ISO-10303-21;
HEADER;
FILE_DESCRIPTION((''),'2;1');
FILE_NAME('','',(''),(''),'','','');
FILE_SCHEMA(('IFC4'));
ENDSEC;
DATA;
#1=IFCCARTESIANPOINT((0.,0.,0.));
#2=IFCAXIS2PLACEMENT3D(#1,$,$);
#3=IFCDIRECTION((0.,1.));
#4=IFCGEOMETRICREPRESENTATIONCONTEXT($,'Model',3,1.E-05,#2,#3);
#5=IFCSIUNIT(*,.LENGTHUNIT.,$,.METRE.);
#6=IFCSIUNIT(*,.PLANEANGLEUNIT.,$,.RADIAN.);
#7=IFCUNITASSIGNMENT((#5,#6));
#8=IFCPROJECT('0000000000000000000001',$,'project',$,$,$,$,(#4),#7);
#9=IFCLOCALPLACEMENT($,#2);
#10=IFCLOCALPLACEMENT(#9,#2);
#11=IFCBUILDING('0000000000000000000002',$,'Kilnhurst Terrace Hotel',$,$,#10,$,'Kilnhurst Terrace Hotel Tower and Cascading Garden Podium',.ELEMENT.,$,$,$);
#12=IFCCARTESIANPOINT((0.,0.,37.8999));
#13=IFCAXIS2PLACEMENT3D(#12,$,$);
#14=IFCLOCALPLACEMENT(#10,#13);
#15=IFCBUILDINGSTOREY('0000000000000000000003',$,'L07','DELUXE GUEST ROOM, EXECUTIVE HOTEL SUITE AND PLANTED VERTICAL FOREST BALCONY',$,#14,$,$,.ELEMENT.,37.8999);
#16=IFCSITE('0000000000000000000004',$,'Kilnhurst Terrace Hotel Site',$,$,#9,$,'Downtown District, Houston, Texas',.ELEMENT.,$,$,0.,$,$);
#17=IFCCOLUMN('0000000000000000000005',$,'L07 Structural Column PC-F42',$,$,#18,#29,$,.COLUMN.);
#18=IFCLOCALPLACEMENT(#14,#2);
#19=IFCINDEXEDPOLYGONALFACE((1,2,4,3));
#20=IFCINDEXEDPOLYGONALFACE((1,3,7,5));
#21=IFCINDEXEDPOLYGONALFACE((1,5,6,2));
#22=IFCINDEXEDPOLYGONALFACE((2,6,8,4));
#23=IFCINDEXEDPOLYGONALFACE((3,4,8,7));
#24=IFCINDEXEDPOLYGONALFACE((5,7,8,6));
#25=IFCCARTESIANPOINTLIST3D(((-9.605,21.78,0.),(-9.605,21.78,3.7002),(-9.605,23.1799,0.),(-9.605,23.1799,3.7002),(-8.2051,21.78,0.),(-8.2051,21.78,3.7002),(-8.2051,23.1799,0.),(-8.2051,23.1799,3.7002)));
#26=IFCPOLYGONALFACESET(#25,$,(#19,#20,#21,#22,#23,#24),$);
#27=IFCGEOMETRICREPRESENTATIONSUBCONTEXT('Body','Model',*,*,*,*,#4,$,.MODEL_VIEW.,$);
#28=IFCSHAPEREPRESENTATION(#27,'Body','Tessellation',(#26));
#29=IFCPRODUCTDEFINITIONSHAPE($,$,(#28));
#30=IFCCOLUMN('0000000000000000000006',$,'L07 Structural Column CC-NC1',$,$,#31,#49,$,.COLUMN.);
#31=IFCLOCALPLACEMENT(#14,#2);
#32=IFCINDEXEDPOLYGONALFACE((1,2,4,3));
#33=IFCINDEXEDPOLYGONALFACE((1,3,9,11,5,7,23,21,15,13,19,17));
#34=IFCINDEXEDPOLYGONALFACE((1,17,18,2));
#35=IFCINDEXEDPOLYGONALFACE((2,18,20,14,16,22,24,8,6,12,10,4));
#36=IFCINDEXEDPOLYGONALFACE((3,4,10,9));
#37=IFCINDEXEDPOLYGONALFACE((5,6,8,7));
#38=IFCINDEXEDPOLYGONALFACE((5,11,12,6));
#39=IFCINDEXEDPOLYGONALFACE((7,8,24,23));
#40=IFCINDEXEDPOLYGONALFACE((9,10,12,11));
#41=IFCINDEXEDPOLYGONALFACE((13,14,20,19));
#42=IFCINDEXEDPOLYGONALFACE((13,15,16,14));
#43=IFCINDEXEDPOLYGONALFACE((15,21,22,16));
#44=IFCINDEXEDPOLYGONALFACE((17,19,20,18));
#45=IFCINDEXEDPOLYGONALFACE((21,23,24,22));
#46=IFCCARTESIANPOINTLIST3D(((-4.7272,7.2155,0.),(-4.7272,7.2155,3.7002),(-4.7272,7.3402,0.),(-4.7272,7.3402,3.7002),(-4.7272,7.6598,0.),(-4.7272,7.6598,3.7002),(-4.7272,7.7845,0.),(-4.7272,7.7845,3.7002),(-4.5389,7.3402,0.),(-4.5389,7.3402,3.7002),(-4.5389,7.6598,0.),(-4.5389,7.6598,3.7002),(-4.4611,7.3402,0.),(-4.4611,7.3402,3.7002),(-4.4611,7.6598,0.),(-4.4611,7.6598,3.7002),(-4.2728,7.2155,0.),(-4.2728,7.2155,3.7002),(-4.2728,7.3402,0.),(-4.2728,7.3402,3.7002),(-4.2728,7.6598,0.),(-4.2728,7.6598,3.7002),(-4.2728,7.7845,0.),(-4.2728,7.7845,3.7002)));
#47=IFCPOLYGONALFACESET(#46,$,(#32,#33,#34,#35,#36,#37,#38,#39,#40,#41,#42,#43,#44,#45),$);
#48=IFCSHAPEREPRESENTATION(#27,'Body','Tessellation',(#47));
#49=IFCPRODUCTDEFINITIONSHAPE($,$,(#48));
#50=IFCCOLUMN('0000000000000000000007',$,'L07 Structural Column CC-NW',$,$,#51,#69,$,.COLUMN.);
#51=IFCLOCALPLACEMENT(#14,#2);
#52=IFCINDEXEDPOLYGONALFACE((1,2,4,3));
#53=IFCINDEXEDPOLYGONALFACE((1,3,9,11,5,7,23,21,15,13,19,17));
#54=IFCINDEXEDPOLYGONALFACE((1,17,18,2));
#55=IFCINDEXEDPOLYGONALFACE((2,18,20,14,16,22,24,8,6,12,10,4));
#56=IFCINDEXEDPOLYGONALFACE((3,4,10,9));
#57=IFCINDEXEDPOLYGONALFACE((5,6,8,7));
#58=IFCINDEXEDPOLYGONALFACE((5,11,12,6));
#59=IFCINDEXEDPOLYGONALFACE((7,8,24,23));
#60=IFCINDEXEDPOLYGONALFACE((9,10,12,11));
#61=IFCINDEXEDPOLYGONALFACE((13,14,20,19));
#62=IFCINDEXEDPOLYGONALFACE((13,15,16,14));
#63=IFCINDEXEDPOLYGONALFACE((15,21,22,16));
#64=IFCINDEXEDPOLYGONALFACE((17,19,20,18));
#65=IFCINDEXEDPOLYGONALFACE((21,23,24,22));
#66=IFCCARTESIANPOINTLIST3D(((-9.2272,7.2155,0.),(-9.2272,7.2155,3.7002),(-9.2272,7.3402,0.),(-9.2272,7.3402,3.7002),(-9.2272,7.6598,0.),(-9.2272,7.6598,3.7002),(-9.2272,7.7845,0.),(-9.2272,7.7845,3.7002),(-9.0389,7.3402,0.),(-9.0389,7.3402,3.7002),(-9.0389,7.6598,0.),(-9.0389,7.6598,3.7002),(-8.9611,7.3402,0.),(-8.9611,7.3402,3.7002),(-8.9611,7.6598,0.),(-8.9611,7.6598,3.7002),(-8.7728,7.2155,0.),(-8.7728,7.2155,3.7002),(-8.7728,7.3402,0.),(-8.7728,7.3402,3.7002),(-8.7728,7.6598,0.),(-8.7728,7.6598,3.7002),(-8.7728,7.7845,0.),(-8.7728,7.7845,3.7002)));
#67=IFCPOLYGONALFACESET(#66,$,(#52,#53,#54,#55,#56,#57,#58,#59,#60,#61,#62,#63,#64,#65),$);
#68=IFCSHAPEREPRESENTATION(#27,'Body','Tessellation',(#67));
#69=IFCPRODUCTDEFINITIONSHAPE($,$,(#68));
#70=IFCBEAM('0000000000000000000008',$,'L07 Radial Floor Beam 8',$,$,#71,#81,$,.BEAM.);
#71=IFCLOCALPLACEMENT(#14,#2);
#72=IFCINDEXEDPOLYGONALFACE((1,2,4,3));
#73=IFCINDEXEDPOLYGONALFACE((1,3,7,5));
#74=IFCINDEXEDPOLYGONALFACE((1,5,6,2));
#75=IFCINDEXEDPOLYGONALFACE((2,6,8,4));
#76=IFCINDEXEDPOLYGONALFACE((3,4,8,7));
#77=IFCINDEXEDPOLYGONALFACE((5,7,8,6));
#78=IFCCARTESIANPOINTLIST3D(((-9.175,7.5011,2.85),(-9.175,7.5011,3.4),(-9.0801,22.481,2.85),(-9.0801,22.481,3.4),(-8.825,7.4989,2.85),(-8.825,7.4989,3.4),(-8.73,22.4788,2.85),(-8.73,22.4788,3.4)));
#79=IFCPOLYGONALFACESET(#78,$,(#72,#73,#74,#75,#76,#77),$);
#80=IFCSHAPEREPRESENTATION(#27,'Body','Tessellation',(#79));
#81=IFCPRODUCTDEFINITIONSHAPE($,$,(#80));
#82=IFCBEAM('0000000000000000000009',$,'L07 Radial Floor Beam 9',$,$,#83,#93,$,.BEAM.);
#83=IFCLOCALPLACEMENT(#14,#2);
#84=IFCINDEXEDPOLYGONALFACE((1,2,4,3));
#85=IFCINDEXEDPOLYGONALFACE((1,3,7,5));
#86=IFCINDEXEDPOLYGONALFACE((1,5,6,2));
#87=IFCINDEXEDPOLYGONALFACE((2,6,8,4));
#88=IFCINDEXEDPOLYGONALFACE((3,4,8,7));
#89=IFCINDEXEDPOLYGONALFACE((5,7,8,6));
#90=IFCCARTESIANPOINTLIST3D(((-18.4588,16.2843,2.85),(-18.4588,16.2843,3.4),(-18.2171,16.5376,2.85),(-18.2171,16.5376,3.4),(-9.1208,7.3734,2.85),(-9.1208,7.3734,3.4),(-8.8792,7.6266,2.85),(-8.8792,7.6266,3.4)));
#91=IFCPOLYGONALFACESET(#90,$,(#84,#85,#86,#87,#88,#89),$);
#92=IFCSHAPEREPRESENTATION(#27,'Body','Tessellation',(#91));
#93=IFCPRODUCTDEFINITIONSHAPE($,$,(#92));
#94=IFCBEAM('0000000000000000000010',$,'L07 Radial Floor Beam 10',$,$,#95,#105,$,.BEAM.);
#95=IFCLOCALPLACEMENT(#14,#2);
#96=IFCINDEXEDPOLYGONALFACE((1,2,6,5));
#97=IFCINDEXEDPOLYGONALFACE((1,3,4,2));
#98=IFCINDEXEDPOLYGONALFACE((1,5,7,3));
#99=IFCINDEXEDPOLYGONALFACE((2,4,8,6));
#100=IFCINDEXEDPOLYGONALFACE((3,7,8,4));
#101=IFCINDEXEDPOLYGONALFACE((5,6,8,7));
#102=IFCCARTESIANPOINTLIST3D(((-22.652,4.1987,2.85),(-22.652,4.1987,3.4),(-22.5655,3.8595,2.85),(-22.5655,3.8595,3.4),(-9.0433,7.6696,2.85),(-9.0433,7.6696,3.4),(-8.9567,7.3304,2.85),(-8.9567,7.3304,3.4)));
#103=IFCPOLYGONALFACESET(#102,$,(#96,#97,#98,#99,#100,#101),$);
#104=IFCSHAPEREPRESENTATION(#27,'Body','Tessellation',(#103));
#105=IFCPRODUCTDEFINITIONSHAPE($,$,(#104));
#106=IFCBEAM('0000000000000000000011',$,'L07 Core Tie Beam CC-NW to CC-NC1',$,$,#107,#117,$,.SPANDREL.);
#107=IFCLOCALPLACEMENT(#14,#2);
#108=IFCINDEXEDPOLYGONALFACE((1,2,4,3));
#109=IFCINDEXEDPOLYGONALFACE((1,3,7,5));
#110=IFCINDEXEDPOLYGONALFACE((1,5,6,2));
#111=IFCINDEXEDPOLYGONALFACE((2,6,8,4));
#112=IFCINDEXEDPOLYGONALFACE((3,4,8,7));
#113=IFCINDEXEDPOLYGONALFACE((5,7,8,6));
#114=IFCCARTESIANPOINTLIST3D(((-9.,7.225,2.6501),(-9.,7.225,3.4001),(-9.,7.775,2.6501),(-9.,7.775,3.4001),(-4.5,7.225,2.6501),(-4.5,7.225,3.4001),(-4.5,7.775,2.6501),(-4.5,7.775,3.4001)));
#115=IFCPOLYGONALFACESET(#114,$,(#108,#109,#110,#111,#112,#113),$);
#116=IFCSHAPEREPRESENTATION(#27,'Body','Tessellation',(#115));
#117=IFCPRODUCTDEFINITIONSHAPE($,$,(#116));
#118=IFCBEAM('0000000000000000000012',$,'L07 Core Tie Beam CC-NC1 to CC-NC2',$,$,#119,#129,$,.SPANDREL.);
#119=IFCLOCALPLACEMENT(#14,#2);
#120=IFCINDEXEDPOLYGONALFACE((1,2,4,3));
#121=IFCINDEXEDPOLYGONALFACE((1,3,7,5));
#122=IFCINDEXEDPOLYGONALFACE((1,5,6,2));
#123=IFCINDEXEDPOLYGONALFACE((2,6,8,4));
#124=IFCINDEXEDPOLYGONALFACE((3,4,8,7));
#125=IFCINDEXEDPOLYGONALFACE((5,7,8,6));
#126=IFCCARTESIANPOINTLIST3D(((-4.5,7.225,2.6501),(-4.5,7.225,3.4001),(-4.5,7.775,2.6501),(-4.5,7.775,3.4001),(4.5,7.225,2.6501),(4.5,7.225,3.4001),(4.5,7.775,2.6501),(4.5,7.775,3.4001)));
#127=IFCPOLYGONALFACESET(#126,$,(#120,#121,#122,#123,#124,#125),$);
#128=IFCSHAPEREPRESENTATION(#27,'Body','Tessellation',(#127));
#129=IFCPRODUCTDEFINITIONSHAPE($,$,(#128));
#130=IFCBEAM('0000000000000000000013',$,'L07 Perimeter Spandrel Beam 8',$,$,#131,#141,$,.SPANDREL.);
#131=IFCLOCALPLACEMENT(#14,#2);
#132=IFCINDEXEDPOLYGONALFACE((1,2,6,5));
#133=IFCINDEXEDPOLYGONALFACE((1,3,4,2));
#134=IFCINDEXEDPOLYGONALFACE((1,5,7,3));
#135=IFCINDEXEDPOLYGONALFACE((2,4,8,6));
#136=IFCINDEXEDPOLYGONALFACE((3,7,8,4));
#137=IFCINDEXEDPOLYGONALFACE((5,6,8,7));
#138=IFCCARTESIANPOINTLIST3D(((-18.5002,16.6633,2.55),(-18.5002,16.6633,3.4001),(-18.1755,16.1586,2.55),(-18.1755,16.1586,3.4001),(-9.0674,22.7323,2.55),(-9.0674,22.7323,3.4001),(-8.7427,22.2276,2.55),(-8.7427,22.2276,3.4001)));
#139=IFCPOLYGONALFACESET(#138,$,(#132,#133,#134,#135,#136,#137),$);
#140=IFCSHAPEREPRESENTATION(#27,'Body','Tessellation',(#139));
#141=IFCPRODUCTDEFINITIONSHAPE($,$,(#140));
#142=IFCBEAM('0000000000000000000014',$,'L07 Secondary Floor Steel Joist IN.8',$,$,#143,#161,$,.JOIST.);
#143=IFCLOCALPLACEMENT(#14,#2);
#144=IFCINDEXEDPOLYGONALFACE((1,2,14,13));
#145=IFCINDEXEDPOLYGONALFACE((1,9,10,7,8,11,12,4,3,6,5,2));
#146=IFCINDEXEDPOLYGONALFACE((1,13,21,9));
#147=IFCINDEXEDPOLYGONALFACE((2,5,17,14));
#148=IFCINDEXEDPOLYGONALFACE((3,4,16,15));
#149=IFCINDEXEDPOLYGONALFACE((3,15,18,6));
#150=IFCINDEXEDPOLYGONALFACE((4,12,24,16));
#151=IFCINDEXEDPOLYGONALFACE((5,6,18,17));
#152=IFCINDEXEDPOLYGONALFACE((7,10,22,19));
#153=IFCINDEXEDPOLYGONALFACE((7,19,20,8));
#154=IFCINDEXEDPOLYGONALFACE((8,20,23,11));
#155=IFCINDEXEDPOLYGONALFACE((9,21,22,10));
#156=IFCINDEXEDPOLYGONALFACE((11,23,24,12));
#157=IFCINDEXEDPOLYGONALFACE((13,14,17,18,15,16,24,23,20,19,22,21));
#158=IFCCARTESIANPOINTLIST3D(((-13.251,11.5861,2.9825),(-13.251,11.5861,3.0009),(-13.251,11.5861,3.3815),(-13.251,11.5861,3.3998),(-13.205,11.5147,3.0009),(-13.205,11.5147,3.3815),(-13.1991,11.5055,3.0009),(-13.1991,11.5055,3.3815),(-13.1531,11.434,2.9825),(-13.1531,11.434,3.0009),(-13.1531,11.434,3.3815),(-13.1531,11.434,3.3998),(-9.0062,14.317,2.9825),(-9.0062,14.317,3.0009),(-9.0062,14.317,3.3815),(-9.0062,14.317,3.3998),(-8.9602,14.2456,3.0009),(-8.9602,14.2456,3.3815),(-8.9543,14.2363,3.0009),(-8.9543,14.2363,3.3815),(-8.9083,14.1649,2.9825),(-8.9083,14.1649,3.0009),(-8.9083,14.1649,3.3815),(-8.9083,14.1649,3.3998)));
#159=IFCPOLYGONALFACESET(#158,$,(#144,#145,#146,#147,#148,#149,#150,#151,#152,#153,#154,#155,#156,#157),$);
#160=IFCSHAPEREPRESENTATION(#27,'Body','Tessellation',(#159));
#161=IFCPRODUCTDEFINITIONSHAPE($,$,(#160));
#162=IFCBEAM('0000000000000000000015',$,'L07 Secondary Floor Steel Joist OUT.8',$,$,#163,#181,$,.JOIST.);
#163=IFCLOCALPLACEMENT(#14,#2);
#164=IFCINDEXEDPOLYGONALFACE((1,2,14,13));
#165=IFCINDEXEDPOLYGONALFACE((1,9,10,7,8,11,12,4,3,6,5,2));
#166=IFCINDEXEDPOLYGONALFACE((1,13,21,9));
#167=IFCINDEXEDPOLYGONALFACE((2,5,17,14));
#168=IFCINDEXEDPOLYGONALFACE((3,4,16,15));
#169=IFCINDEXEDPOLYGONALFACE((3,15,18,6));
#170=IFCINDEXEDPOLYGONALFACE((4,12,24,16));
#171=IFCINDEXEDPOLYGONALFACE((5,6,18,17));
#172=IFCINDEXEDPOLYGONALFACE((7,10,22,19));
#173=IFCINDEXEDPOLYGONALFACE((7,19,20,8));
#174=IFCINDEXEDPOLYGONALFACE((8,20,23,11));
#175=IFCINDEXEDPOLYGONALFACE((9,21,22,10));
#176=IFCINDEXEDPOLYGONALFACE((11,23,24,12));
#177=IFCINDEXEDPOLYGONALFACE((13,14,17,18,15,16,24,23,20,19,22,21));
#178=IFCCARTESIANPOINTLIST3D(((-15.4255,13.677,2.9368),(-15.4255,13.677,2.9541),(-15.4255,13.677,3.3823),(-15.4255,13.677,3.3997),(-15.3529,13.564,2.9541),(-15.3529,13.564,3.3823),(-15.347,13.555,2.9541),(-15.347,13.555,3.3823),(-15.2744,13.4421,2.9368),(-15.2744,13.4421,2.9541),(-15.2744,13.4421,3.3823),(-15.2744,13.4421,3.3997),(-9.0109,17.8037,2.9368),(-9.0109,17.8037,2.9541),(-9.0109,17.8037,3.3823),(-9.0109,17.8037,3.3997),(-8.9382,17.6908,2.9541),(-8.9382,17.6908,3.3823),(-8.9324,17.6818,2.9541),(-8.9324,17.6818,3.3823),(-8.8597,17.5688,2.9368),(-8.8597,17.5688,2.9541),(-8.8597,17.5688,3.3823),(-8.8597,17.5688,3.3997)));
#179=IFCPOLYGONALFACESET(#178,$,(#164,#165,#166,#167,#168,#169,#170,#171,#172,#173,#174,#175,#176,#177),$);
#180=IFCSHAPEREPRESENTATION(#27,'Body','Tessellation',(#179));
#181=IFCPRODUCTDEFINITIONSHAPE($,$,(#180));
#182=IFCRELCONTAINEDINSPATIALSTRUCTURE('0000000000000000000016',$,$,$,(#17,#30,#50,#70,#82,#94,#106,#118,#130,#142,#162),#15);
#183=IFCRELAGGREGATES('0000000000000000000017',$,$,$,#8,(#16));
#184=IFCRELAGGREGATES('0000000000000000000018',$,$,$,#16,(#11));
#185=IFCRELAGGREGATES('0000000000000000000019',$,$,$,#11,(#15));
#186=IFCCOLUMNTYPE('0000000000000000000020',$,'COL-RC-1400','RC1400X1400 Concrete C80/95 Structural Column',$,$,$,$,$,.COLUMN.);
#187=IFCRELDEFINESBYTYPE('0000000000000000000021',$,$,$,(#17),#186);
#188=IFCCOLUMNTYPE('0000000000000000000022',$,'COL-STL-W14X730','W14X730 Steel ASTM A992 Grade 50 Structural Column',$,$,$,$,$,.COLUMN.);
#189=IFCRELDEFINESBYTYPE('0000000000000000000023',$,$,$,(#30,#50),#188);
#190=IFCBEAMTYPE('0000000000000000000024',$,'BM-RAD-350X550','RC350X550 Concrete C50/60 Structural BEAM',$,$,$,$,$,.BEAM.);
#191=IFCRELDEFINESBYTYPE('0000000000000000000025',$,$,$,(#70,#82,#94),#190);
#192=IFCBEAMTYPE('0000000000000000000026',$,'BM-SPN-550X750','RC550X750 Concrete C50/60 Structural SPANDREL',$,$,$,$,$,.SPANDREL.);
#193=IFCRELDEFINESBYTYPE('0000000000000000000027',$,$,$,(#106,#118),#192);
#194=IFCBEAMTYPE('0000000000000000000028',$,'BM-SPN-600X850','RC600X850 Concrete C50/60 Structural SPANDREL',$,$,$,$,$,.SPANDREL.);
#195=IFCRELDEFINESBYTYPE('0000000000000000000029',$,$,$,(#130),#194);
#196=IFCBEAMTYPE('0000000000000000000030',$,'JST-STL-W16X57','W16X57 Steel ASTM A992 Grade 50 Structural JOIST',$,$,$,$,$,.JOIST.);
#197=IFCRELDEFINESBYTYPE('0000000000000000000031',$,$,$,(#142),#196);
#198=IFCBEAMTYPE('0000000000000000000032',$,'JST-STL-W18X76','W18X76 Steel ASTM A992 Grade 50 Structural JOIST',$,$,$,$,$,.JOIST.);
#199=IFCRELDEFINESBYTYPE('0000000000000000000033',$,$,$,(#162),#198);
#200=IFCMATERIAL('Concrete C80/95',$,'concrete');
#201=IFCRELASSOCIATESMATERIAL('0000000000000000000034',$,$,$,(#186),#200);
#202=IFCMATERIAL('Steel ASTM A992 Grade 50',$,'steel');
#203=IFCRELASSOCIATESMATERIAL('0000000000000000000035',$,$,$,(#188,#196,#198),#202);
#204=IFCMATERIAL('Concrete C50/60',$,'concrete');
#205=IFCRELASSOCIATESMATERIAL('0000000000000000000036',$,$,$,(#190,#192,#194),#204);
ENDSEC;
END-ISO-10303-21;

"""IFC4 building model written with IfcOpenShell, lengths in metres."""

from ifc_helpers import new_model, si_unit, direction, frame, origin, origin_2d, place, context, subcontext, project, spatial, rectangle, i_section, extrude, material, material_profile, profile_set, type_object, element, save


model = new_model("IFC4")

# Units and contexts
model_context = context("Model", 3, precision=1e-05, world=origin(), true_north=direction((0.0, 1.0)))
body_context = subcontext(model_context, "Body", "Model", "MODEL_VIEW")
ifc_project = project(units=[si_unit("LENGTHUNIT", "METRE"), si_unit("PLANEANGLEUNIT", "RADIAN")], contexts=[model_context])

# Site, building, storey
site_placement = place(None, origin())
site = spatial("IfcSite", under=ifc_project, at=site_placement, Name="Kilnhurst Terrace Hotel Site", LongName="Downtown District, Houston, Texas", CompositionType="ELEMENT", RefElevation=0.0)
building_placement = place(site_placement, origin())
building = spatial("IfcBuilding", under=site, at=building_placement, Name="Kilnhurst Terrace Hotel", LongName="Kilnhurst Terrace Hotel Tower and Cascading Garden Podium", CompositionType="ELEMENT")
storey_placement = place(building_placement, frame((0.0, 0.0, 37.8999)))
storey = spatial("IfcBuildingStorey", under=building, at=storey_placement, Name="L07", Description="DELUXE GUEST ROOM, EXECUTIVE HOTEL SUITE AND PLANTED VERTICAL FOREST BALCONY", CompositionType="ELEMENT", Elevation=37.8999)

# Columns
ifc_material_1 = material(Name="Concrete C80/95", Category="concrete")
ifc_material_profile_1 = material_profile(ifc_material_1, rectangle(XDim=1.3999, YDim=1.3999, at=origin_2d()), Name="RC1400X1400")
ifc_profile_set_1 = profile_set([ifc_material_profile_1], Name="Concrete C80/95")
column_type_1 = type_object("IfcColumnType", Name="COL-RC-1400", Description="RC1400X1400 Concrete C80/95 Structural Column", PredefinedType="COLUMN", material=ifc_profile_set_1)
column_placement = place(storey_placement, frame((-8.905, 22.48, 0.0), z_axis=(0.0, 0.0, 1.0), x_axis=(1.0, 0.0, 0.0)))
element("IfcColumn", 1, at=column_placement, inside=storey, type_object=column_type_1, Name="L07 Structural Column PC-F42", PredefinedType="COLUMN", context=body_context, shape_type="SweptSolid", body=[
    extrude(rectangle(XDim=1.3999, YDim=1.3999, at=origin_2d()), origin(), (0.0, 0.0, 1.0), 3.7002),
])
ifc_material_2 = material(Name="Steel ASTM A992 Grade 50", Category="steel")
ifc_material_profile_2 = material_profile(ifc_material_2, i_section(OverallWidth=0.4543, OverallDepth=0.5691, WebThickness=0.0779, FlangeThickness=0.1248, at=origin_2d()), Name="W14X730")
ifc_profile_set_2 = profile_set([ifc_material_profile_2], Name="Steel ASTM A992 Grade 50")
column_type_2 = type_object("IfcColumnType", Name="COL-STL-W14X730", Description="W14X730 Steel ASTM A992 Grade 50 Structural Column", PredefinedType="COLUMN", material=ifc_profile_set_2)
for number, where, z_axis, x_axis, name in (
    (2, (-4.5, 7.5, 0.0), (0.0, 0.0, 1.0), (1.0, 0.0, 0.0), "L07 Structural Column CC-NC1"),
    (3, (-9.0, 7.5, 0.0), (0.0, 0.0, 1.0), (1.0, 0.0, 0.0), "L07 Structural Column CC-NW"),
):
    element("IfcColumn", number, at=place(storey_placement, frame(where, z_axis=z_axis, x_axis=x_axis)), inside=storey, type_object=column_type_2, Name=name, PredefinedType="COLUMN", context=body_context, shape_type="SweptSolid", body=[
        extrude(i_section(OverallWidth=0.4543, OverallDepth=0.5691, WebThickness=0.0779, FlangeThickness=0.1248, at=origin_2d()), origin(), (0.0, 0.0, 1.0), 3.7002),
    ])

# Beams
ifc_material_3 = material(Name="Concrete C50/60", Category="concrete")
ifc_material_profile_3 = material_profile(ifc_material_3, rectangle(XDim=0.3501, YDim=0.55, at=origin_2d()), Name="RC350X550")
ifc_profile_set_3 = profile_set([ifc_material_profile_3], Name="Concrete C50/60")
beam_type_1 = type_object("IfcBeamType", Name="BM-RAD-350X550", Description="RC350X550 Concrete C50/60 Structural BEAM", PredefinedType="BEAM", material=ifc_profile_set_3)
beam_1_placement = place(storey_placement, frame((-9.0, 7.5, 3.125), z_axis=(0.00634, 0.99998, 0.0), x_axis=(-0.99998, 0.00634, 0.0)))
element("IfcBeam", 4, at=beam_1_placement, inside=storey, type_object=beam_type_1, Name="L07 Radial Floor Beam 8", PredefinedType="BEAM", context=body_context, shape_type="SweptSolid", body=[
    extrude(rectangle(XDim=0.3501, YDim=0.55, at=origin_2d()), origin(), (0.0, 0.0, 1.0), 14.9802),
])
beam_2_placement = place(storey_placement, frame((-9.0, 7.5, 3.125), z_axis=(-0.723454, 0.690372, 0.0), x_axis=(-0.690372, -0.723454, 0.0)))
element("IfcBeam", 5, at=beam_2_placement, inside=storey, type_object=beam_type_1, Name="L07 Radial Floor Beam 9", PredefinedType="BEAM", context=body_context, shape_type="SweptSolid", body=[
    extrude(rectangle(XDim=0.3501, YDim=0.55, at=origin_2d()), origin(), (0.0, 0.0, 1.0), 12.9075),
])
beam_3_placement = place(storey_placement, frame((-9.0, 7.5, 3.125), z_axis=(-0.96898, -0.247138, 0.0), x_axis=(0.247138, -0.96898, 0.0)))
element("IfcBeam", 6, at=beam_3_placement, inside=storey, type_object=beam_type_1, Name="L07 Radial Floor Beam 10", PredefinedType="BEAM", context=body_context, shape_type="SweptSolid", body=[
    extrude(rectangle(XDim=0.3501, YDim=0.55, at=origin_2d()), origin(), (0.0, 0.0, 1.0), 14.0444),
])
ifc_material_profile_4 = material_profile(ifc_material_3, rectangle(XDim=0.55, YDim=0.75, at=origin_2d()), Name="RC550X750")
ifc_profile_set_4 = profile_set([ifc_material_profile_4], Name="Concrete C50/60")
beam_type_2 = type_object("IfcBeamType", Name="BM-SPN-550X750", Description="RC550X750 Concrete C50/60 Structural SPANDREL", PredefinedType="SPANDREL", material=ifc_profile_set_4)
beam_4_placement = place(storey_placement, frame((-9.0, 7.5, 3.0251), z_axis=(1.0, 0.0, 0.0), x_axis=(0.0, 1.0, 0.0)))
element("IfcBeam", 7, at=beam_4_placement, inside=storey, type_object=beam_type_2, Name="L07 Core Tie Beam CC-NW to CC-NC1", PredefinedType="SPANDREL", context=body_context, shape_type="SweptSolid", body=[
    extrude(rectangle(XDim=0.55, YDim=0.75, at=origin_2d()), origin(), (0.0, 0.0, 1.0), 4.5),
])
beam_5_placement = place(storey_placement, frame((-4.5, 7.5, 3.0251), z_axis=(1.0, 0.0, 0.0), x_axis=(0.0, 1.0, 0.0)))
element("IfcBeam", 8, at=beam_5_placement, inside=storey, type_object=beam_type_2, Name="L07 Core Tie Beam CC-NC1 to CC-NC2", PredefinedType="SPANDREL", context=body_context, shape_type="SweptSolid", body=[
    extrude(rectangle(XDim=0.55, YDim=0.75, at=origin_2d()), origin(), (0.0, 0.0, 1.0), 9.0),
])
ifc_material_profile_5 = material_profile(ifc_material_3, rectangle(XDim=0.6001, YDim=0.8501, at=origin_2d()), Name="RC600X850")
ifc_profile_set_5 = profile_set([ifc_material_profile_5], Name="Concrete C50/60")
beam_type_3 = type_object("IfcBeamType", Name="BM-SPN-600X850", Description="RC600X850 Concrete C50/60 Structural SPANDREL", PredefinedType="SPANDREL", material=ifc_profile_set_5)
beam_6_placement = place(storey_placement, frame((-8.905, 22.48, 2.9751), z_axis=(-0.840971, -0.54108, 0.0), x_axis=(0.54108, -0.840971, 0.0)))
element("IfcBeam", 9, at=beam_6_placement, inside=storey, type_object=beam_type_3, Name="L07 Perimeter Spandrel Beam 8", PredefinedType="SPANDREL", context=body_context, shape_type="SweptSolid", body=[
    extrude(rectangle(XDim=0.6001, YDim=0.8501, at=origin_2d()), origin(), (0.0, 0.0, 1.0), 11.2166),
])
ifc_material_profile_6 = material_profile(ifc_material_2, i_section(OverallWidth=0.1809, OverallDepth=0.4172, WebThickness=0.011, FlangeThickness=0.0183, at=origin_2d()), Name="W16X57")
ifc_profile_set_6 = profile_set([ifc_material_profile_6], Name="Steel ASTM A992 Grade 50")
beam_type_4 = type_object("IfcBeamType", Name="JST-STL-W16X57", Description="W16X57 Steel ASTM A992 Grade 50 Structural JOIST", PredefinedType="JOIST", material=ifc_profile_set_6)
beam_7_placement = place(storey_placement, frame((-8.9573, 14.241, 3.1912), z_axis=(-0.840988, -0.541053, 0.0), x_axis=(0.541053, -0.840988, 0.0)))
element("IfcBeam", 10, at=beam_7_placement, inside=storey, type_object=beam_type_4, Name="L07 Secondary Floor Steel Joist IN.8", PredefinedType="JOIST", context=body_context, shape_type="SweptSolid", body=[
    extrude(i_section(OverallWidth=0.1809, OverallDepth=0.4172, WebThickness=0.011, FlangeThickness=0.0183, at=origin_2d()), origin(), (0.0, 0.0, 1.0), 5.0474),
])
ifc_material_profile_7 = material_profile(ifc_material_2, i_section(OverallWidth=0.2793, OverallDepth=0.4629, WebThickness=0.0107, FlangeThickness=0.0173, at=origin_2d()), Name="W18X76")
ifc_profile_set_7 = profile_set([ifc_material_profile_7], Name="Steel ASTM A992 Grade 50")
beam_type_5 = type_object("IfcBeamType", Name="JST-STL-W18X76", Description="W18X76 Steel ASTM A992 Grade 50 Structural JOIST", PredefinedType="JOIST", material=ifc_profile_set_7)
beam_8_placement = place(storey_placement, frame((-8.9353, 17.6863, 3.1682), z_axis=(-0.840995, -0.541042, 0.0), x_axis=(0.541042, -0.840995, 0.0)))
element("IfcBeam", 11, at=beam_8_placement, inside=storey, type_object=beam_type_5, Name="L07 Secondary Floor Steel Joist OUT.8", PredefinedType="JOIST", context=body_context, shape_type="SweptSolid", body=[
    extrude(i_section(OverallWidth=0.2793, OverallDepth=0.4629, WebThickness=0.0107, FlangeThickness=0.0173, at=origin_2d()), origin(), (0.0, 0.0, 1.0), 7.6274),
])

save(model, "model.ifc")
